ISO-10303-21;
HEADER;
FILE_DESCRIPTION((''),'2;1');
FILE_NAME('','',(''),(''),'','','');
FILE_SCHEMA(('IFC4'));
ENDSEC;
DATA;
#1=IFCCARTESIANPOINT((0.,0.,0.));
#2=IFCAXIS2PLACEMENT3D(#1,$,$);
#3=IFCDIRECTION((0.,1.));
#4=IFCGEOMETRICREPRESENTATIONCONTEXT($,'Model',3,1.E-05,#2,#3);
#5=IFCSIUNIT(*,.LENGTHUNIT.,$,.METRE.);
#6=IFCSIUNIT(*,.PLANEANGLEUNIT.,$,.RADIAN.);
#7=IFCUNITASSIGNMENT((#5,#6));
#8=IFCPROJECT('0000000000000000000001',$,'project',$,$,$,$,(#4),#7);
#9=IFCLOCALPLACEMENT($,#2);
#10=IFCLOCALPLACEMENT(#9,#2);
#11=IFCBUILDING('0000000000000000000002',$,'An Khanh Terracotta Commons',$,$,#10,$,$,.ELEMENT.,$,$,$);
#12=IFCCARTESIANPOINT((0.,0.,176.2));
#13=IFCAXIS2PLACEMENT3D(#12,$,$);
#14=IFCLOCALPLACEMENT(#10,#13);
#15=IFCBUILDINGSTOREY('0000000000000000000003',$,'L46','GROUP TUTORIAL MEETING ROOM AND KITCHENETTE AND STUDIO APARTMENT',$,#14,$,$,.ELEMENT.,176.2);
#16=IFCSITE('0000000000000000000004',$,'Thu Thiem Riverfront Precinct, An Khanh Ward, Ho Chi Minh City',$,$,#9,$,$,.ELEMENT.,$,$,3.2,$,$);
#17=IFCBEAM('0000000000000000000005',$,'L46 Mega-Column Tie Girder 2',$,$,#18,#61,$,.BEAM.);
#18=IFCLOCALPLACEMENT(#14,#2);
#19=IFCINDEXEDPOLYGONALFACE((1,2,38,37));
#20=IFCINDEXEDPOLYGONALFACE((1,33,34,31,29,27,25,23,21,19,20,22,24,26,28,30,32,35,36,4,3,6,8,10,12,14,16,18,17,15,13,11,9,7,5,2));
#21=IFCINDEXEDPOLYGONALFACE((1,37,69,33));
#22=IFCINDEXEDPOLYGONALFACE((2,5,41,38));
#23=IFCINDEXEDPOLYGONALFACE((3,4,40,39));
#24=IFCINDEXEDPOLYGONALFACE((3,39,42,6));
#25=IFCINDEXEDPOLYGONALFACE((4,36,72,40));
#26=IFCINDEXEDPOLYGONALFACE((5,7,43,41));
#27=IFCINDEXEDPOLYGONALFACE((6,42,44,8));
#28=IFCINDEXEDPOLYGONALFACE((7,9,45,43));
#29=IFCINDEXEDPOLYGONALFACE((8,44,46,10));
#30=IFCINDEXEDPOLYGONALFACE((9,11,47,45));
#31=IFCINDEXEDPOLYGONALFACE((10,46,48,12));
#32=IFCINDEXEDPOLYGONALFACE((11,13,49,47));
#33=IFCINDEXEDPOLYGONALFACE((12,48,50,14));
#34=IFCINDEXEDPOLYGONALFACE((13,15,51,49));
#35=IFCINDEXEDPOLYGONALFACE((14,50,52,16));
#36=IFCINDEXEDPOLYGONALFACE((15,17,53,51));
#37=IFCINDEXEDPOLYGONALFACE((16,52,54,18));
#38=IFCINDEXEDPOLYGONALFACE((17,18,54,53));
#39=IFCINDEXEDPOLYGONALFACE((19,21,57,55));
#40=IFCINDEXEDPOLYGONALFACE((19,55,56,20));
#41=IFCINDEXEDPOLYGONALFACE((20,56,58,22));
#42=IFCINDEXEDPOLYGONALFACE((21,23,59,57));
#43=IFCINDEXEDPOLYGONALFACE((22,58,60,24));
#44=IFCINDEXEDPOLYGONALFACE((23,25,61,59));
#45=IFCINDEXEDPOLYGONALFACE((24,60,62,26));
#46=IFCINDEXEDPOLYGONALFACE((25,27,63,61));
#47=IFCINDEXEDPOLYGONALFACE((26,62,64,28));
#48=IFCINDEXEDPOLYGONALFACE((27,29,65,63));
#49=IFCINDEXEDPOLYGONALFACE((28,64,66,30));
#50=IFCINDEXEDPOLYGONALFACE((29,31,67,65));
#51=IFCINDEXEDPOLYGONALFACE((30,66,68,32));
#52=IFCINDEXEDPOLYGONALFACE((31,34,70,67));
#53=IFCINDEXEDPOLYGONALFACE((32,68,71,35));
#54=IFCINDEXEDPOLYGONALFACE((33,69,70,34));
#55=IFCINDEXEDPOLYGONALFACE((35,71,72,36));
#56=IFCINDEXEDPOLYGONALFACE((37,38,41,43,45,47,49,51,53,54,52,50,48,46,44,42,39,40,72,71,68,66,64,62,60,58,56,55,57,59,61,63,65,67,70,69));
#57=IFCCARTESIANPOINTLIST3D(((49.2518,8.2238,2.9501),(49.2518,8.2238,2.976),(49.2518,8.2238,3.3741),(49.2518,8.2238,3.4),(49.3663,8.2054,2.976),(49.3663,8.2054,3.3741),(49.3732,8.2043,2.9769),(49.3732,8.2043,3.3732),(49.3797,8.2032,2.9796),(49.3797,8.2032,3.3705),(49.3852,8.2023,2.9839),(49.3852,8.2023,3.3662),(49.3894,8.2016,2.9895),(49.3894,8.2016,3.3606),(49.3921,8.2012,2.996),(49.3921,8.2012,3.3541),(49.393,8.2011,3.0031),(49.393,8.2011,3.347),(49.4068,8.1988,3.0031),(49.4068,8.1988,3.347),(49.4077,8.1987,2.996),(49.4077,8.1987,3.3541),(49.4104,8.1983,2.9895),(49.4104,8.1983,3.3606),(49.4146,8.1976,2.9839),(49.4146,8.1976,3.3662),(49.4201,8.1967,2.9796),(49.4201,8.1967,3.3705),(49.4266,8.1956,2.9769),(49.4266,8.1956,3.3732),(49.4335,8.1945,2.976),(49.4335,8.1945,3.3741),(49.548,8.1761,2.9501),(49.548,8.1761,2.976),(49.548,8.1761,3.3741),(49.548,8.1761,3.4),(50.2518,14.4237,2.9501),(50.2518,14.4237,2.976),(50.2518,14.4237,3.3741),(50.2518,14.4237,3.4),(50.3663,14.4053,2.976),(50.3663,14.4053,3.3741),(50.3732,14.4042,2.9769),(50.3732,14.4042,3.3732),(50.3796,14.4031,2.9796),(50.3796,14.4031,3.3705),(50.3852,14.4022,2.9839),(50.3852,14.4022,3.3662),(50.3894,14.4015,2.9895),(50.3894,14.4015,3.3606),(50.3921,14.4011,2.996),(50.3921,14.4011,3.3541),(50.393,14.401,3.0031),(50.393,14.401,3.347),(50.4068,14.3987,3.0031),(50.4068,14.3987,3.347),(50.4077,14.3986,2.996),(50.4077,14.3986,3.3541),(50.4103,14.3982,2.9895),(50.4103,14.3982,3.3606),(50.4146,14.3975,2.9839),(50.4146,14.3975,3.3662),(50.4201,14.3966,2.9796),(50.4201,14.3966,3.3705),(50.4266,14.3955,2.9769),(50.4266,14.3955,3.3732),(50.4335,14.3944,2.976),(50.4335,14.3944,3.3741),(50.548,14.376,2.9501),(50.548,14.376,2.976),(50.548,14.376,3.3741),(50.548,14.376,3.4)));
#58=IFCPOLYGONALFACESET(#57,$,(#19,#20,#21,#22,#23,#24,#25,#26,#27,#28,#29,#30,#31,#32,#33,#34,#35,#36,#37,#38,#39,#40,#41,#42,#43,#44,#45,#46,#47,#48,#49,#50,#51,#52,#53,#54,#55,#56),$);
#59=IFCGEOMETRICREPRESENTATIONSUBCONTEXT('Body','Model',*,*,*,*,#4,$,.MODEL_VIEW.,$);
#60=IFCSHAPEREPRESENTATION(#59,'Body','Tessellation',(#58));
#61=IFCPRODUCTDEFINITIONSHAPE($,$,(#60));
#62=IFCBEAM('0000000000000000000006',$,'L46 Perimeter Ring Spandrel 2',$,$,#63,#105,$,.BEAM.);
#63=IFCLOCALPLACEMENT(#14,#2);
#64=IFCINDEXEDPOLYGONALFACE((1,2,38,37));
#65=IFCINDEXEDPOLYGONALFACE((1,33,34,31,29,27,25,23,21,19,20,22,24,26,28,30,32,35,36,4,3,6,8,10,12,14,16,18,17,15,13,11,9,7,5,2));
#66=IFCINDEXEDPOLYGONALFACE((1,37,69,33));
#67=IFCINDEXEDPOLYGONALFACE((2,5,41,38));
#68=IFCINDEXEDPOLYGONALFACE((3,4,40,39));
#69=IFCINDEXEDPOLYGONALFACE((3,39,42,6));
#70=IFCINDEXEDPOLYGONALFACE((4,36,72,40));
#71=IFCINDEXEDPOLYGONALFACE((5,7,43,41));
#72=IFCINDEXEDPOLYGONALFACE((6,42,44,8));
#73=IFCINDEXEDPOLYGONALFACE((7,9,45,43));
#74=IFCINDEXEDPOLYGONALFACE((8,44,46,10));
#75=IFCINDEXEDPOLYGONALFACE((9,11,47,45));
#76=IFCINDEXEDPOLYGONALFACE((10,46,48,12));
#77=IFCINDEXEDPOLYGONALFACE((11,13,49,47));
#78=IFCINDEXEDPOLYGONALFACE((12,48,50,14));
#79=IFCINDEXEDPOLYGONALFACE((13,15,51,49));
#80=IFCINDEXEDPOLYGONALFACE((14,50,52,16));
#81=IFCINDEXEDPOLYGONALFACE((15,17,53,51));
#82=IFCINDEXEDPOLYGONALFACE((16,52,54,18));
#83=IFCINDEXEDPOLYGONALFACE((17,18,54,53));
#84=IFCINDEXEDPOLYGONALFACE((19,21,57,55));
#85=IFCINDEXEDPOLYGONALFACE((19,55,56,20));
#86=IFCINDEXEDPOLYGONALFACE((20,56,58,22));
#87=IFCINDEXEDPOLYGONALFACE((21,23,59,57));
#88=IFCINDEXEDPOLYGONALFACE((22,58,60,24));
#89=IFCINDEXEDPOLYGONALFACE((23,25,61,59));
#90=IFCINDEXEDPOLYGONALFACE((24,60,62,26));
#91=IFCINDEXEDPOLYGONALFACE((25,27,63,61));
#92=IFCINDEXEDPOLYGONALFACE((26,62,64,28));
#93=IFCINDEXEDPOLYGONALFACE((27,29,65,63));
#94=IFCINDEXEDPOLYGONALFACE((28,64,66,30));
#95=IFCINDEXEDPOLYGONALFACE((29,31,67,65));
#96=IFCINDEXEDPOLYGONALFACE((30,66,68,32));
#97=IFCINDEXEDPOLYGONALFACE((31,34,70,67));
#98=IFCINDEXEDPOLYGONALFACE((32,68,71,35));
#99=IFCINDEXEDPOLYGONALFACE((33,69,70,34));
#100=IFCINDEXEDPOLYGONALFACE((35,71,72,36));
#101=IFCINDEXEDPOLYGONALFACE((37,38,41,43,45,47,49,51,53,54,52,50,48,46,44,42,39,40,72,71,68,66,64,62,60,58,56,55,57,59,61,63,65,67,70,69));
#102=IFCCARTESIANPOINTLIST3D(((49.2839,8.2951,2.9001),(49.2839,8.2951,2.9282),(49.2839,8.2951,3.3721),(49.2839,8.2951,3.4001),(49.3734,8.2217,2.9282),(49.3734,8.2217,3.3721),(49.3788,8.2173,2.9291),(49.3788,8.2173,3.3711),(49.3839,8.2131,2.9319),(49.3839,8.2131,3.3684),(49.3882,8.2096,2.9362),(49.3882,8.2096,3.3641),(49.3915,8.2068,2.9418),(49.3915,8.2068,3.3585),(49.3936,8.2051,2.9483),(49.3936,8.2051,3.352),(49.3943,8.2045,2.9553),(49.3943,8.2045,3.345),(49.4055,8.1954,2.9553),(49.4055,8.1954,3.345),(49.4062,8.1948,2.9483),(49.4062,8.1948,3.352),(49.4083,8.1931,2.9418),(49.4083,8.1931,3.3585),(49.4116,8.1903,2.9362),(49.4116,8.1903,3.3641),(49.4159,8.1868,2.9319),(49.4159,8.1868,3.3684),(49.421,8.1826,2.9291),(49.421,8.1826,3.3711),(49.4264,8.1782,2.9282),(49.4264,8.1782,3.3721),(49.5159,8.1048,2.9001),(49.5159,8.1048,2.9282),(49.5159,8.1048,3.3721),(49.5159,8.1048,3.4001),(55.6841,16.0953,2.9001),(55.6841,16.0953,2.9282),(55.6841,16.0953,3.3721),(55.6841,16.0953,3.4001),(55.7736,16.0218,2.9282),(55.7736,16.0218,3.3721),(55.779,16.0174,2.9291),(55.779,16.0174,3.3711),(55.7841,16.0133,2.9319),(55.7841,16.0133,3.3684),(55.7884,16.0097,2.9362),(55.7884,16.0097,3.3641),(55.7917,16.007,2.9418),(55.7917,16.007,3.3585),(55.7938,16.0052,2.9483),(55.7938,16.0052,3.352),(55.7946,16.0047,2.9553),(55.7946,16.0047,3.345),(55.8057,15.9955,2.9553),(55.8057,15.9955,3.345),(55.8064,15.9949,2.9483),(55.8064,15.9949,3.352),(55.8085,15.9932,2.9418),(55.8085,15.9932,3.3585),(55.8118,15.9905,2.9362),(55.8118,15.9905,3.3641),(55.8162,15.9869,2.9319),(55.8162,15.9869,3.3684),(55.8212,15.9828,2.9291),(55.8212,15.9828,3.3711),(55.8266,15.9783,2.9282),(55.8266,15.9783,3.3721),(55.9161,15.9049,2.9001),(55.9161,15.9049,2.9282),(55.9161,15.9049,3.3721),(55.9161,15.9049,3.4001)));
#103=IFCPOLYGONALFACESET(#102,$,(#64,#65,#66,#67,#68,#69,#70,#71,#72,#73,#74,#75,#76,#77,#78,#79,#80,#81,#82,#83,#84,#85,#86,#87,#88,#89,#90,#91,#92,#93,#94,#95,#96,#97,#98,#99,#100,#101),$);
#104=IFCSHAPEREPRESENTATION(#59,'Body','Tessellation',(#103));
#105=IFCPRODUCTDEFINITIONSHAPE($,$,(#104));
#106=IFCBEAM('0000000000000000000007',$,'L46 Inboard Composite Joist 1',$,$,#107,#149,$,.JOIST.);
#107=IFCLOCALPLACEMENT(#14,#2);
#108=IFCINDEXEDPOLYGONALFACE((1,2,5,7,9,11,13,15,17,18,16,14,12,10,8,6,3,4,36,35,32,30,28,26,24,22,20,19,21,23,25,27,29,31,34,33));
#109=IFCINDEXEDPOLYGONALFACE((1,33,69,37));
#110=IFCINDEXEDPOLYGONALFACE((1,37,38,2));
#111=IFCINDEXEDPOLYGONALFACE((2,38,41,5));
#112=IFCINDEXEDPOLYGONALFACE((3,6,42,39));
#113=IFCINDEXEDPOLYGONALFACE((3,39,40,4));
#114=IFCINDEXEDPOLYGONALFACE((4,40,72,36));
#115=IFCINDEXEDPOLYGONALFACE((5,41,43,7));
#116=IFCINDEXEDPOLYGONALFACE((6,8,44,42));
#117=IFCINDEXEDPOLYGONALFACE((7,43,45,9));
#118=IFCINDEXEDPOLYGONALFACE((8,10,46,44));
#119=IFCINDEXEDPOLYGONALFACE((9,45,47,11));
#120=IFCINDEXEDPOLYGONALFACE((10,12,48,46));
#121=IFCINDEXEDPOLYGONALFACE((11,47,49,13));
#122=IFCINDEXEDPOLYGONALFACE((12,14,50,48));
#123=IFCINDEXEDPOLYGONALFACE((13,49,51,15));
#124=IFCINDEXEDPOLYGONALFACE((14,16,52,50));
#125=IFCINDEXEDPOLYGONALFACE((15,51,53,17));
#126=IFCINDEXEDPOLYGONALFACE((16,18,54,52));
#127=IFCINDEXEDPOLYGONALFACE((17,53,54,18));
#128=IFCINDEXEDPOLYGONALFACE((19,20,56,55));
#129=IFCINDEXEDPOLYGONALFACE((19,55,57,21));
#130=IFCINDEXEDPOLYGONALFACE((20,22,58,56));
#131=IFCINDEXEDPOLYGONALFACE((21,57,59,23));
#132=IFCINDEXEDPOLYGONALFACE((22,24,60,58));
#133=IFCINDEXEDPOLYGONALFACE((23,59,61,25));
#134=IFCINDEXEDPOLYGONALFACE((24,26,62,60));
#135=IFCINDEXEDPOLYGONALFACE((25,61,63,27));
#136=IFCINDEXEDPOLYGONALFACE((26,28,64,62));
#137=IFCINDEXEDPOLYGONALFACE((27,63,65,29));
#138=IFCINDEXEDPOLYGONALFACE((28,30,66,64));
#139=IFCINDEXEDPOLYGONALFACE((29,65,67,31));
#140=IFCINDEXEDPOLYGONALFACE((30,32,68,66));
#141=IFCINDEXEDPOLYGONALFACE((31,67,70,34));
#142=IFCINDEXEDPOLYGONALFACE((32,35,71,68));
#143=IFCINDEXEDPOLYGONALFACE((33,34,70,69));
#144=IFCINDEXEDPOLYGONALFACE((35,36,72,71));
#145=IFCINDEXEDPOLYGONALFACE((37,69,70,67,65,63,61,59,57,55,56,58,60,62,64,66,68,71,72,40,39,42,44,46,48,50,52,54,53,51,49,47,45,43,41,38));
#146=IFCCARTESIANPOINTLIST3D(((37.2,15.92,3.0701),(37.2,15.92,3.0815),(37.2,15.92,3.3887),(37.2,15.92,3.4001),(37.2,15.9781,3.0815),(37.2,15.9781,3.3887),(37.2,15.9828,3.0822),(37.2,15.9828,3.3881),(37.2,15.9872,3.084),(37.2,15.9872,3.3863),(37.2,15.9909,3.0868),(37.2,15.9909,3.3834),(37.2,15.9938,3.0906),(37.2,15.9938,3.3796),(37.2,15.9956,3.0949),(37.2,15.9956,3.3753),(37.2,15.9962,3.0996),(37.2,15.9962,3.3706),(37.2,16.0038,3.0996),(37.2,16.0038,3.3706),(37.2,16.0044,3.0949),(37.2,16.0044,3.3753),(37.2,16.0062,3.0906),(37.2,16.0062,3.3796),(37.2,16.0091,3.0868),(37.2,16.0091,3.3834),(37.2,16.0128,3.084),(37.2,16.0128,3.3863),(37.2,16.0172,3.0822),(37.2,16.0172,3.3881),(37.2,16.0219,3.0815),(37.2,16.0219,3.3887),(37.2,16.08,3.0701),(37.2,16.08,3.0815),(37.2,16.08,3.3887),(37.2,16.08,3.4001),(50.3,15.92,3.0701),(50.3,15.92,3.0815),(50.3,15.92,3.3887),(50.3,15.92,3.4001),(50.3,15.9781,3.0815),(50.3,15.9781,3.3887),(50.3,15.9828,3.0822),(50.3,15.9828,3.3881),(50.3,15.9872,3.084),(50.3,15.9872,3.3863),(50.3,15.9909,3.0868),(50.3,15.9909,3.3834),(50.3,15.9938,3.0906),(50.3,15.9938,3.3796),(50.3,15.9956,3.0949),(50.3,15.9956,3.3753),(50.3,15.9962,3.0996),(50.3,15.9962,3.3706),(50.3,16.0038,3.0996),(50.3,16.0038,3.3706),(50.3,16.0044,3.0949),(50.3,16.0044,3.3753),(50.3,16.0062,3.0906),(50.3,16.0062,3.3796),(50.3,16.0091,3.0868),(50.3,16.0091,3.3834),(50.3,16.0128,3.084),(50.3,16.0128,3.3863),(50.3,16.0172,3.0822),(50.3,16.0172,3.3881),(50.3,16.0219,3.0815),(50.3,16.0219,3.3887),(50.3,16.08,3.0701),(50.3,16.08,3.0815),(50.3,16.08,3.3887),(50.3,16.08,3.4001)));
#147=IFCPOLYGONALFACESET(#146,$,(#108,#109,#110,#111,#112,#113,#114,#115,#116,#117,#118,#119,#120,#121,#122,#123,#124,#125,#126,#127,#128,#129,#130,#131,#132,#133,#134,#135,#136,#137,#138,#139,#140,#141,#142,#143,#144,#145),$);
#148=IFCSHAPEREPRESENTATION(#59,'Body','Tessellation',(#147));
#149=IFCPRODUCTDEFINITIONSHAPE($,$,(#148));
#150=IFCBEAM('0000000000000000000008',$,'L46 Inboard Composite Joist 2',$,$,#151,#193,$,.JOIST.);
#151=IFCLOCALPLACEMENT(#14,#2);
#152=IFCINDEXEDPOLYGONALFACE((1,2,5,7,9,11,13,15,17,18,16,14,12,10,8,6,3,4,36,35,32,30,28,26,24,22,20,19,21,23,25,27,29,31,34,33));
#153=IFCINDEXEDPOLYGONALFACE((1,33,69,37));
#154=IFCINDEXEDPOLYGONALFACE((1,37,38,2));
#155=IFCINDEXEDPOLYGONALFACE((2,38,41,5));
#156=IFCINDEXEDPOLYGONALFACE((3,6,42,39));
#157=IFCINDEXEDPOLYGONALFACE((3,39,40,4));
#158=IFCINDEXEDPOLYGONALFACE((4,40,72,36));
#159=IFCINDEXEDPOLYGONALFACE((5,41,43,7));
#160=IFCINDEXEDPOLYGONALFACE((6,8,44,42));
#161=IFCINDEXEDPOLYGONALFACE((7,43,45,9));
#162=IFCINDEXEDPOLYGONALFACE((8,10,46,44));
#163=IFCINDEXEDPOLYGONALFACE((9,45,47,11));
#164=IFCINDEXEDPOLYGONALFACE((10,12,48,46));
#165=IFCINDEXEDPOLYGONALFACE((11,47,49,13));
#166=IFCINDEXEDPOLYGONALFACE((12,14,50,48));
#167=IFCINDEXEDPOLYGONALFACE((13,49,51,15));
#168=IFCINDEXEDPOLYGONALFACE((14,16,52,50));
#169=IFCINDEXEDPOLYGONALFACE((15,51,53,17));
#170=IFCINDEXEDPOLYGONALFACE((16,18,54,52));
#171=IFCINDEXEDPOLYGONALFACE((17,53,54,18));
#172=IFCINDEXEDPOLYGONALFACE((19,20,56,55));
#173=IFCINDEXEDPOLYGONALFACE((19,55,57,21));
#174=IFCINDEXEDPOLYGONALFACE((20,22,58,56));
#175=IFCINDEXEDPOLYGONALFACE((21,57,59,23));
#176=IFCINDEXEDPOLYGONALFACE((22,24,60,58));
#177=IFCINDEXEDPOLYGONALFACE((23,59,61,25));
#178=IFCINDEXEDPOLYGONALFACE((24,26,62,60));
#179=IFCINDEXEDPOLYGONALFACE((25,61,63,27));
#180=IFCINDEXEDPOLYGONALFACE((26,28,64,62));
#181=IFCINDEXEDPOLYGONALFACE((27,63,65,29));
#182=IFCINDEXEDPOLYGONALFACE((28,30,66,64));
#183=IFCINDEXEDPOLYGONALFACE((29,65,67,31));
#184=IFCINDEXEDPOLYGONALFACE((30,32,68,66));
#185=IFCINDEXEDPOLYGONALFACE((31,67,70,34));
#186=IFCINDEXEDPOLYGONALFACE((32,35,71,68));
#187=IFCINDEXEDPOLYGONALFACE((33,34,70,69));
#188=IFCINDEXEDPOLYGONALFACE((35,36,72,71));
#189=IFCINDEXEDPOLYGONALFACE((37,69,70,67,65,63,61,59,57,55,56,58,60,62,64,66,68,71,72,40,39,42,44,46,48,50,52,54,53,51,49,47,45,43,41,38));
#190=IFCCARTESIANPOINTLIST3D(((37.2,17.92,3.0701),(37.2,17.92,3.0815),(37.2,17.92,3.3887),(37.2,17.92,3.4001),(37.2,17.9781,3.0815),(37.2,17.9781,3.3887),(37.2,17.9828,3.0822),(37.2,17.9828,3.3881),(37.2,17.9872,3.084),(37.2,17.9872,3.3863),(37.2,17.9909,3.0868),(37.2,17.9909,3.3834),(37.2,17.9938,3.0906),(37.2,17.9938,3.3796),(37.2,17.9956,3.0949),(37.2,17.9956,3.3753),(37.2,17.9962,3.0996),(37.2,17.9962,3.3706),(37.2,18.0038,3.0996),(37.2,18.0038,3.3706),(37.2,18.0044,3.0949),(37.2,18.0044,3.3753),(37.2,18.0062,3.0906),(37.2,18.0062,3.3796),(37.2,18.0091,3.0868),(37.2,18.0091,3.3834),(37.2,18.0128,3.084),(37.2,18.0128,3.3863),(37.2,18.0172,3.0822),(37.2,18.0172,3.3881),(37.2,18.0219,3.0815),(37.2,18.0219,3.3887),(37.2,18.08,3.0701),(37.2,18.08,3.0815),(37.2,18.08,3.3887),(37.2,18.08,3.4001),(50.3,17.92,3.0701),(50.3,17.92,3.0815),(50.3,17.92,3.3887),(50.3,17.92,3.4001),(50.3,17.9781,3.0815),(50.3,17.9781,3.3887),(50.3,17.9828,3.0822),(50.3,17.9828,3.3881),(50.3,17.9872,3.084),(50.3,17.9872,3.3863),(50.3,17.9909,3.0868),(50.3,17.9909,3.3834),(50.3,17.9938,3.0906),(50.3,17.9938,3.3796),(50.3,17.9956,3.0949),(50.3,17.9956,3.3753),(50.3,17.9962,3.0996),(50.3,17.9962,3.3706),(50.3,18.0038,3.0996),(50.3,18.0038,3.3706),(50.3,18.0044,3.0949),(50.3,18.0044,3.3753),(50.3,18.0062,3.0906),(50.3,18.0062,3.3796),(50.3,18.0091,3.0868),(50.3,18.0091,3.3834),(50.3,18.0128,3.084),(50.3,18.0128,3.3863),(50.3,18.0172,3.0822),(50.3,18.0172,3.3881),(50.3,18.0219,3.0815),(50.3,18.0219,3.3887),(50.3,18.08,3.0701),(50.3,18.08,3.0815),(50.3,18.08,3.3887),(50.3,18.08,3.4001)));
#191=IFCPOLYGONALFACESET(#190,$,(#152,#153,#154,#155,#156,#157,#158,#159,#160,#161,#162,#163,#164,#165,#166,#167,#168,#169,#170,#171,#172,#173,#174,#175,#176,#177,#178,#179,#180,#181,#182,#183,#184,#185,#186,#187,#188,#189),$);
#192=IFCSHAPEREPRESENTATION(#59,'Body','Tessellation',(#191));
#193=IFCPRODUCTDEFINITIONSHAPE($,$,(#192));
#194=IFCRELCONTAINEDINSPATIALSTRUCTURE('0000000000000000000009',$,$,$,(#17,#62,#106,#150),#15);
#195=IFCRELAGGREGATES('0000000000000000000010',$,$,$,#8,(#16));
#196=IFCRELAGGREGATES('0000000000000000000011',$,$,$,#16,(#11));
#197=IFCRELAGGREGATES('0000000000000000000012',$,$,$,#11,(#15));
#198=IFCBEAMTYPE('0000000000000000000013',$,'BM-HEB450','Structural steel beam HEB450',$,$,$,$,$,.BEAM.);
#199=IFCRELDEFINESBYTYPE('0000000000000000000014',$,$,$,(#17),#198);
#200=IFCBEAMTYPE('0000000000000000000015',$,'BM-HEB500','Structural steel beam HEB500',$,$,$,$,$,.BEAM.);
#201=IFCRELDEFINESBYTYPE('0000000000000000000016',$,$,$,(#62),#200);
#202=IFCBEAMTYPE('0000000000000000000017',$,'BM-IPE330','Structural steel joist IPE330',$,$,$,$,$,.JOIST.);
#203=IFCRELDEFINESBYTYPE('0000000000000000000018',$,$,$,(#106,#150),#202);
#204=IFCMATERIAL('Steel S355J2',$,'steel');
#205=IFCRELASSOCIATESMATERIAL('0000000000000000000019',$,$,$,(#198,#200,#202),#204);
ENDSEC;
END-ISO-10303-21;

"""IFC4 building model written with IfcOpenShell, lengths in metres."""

from ifc_helpers import new_model, si_unit, direction, frame, origin, origin_2d, place, context, subcontext, project, spatial, i_section, extrude, material, material_profile, profile_set, type_object, element, save


model = new_model("IFC4")

# Units and contexts
model_context = context("Model", 3, precision=1e-05, world=origin(), true_north=direction((0.0, 1.0)))
body_context = subcontext(model_context, "Body", "Model", "MODEL_VIEW")
ifc_project = project(units=[si_unit("LENGTHUNIT", "METRE"), si_unit("PLANEANGLEUNIT", "RADIAN")], contexts=[model_context])

# Site, building, storey
site_placement = place(None, origin())
site = spatial("IfcSite", under=ifc_project, at=site_placement, Name="Thu Thiem Riverfront Precinct, An Khanh Ward, Ho Chi Minh City", CompositionType="ELEMENT", RefElevation=3.2)
building_placement = place(site_placement, origin())
building = spatial("IfcBuilding", under=site, at=building_placement, Name="An Khanh Terracotta Commons", CompositionType="ELEMENT")
storey_placement = place(building_placement, frame((0.0, 0.0, 176.2)))
storey = spatial("IfcBuildingStorey", under=building, at=storey_placement, Name="L46", Description="GROUP TUTORIAL MEETING ROOM AND KITCHENETTE AND STUDIO APARTMENT", CompositionType="ELEMENT", Elevation=176.2)

# Beams
ifc_material_1 = material(Name="Steel S355J2", Category="steel")
ifc_material_profile_1 = material_profile(ifc_material_1, i_section(OverallWidth=0.3, OverallDepth=0.45, WebThickness=0.0139, FlangeThickness=0.0259, FilletRadius=0.0271, at=origin_2d()), Name="HEB450")
ifc_profile_set_1 = profile_set([ifc_material_profile_1], Name="Steel S355J2")
beam_type_1 = type_object("IfcBeamType", Name="BM-HEB450", Description="Structural steel beam HEB450", PredefinedType="BEAM", material=ifc_profile_set_1)
beam_1_placement = place(storey_placement, frame((49.3999, 8.2, 3.175), z_axis=(0.159234, 0.987241, 0.0), x_axis=(-0.987241, 0.159234, 0.0)))
element("IfcBeam", 1, at=beam_1_placement, inside=storey, type_object=beam_type_1, Name="L46 Mega-Column Tie Girder 2", PredefinedType="BEAM", context=body_context, shape_type="SweptSolid", body=[
    extrude(i_section(OverallWidth=0.3, OverallDepth=0.45, WebThickness=0.0139, FlangeThickness=0.0259, FilletRadius=0.0271, at=origin_2d()), origin(), (0.0, 0.0, 1.0), 6.28),
])
ifc_material_profile_2 = material_profile(ifc_material_1, i_section(OverallWidth=0.3, OverallDepth=0.5, WebThickness=0.0144, FlangeThickness=0.0281, FilletRadius=0.0271, at=origin_2d()), Name="HEB500")
ifc_profile_set_2 = profile_set([ifc_material_profile_2], Name="Steel S355J2")
beam_type_2 = type_object("IfcBeamType", Name="BM-HEB500", Description="Structural steel beam HEB500", PredefinedType="BEAM", material=ifc_profile_set_2)
beam_2_placement = place(storey_placement, frame((49.3999, 8.2, 3.1501), z_axis=(0.634323, 0.773068, 0.0), x_axis=(-0.773068, 0.634323, 0.0)))
element("IfcBeam", 2, at=beam_2_placement, inside=storey, type_object=beam_type_2, Name="L46 Perimeter Ring Spandrel 2", PredefinedType="BEAM", context=body_context, shape_type="SweptSolid", body=[
    extrude(i_section(OverallWidth=0.3, OverallDepth=0.5, WebThickness=0.0144, FlangeThickness=0.0281, FilletRadius=0.0271, at=origin_2d()), origin(), (0.0, 0.0, 1.0), 10.0898),
])
ifc_material_profile_3 = material_profile(ifc_material_1, i_section(OverallWidth=0.1599, OverallDepth=0.3301, WebThickness=0.0076, FlangeThickness=0.0115, FilletRadius=0.0181, at=origin_2d()), Name="IPE330")
ifc_profile_set_3 = profile_set([ifc_material_profile_3], Name="Steel S355J2")
beam_type_3 = type_object("IfcBeamType", Name="BM-IPE330", Description="Structural steel joist IPE330", PredefinedType="JOIST", material=ifc_profile_set_3)
for number, where, z_axis, x_axis, name in (
    (3, (37.2, 16.0, 3.2351), (1.0, 0.0, 0.0), (0.0, 1.0, 0.0), "L46 Inboard Composite Joist 1"),
    (4, (37.2, 18.0, 3.2351), (1.0, 0.0, 0.0), (0.0, 1.0, 0.0), "L46 Inboard Composite Joist 2"),
):
    element("IfcBeam", number, at=place(storey_placement, frame(where, z_axis=z_axis, x_axis=x_axis)), inside=storey, type_object=beam_type_3, Name=name, PredefinedType="JOIST", context=body_context, shape_type="SweptSolid", body=[
        extrude(i_section(OverallWidth=0.1599, OverallDepth=0.3301, WebThickness=0.0076, FlangeThickness=0.0115, FilletRadius=0.0181, at=origin_2d()), origin(), (0.0, 0.0, 1.0), 13.1001),
    ])

save(model, "model.ifc")
